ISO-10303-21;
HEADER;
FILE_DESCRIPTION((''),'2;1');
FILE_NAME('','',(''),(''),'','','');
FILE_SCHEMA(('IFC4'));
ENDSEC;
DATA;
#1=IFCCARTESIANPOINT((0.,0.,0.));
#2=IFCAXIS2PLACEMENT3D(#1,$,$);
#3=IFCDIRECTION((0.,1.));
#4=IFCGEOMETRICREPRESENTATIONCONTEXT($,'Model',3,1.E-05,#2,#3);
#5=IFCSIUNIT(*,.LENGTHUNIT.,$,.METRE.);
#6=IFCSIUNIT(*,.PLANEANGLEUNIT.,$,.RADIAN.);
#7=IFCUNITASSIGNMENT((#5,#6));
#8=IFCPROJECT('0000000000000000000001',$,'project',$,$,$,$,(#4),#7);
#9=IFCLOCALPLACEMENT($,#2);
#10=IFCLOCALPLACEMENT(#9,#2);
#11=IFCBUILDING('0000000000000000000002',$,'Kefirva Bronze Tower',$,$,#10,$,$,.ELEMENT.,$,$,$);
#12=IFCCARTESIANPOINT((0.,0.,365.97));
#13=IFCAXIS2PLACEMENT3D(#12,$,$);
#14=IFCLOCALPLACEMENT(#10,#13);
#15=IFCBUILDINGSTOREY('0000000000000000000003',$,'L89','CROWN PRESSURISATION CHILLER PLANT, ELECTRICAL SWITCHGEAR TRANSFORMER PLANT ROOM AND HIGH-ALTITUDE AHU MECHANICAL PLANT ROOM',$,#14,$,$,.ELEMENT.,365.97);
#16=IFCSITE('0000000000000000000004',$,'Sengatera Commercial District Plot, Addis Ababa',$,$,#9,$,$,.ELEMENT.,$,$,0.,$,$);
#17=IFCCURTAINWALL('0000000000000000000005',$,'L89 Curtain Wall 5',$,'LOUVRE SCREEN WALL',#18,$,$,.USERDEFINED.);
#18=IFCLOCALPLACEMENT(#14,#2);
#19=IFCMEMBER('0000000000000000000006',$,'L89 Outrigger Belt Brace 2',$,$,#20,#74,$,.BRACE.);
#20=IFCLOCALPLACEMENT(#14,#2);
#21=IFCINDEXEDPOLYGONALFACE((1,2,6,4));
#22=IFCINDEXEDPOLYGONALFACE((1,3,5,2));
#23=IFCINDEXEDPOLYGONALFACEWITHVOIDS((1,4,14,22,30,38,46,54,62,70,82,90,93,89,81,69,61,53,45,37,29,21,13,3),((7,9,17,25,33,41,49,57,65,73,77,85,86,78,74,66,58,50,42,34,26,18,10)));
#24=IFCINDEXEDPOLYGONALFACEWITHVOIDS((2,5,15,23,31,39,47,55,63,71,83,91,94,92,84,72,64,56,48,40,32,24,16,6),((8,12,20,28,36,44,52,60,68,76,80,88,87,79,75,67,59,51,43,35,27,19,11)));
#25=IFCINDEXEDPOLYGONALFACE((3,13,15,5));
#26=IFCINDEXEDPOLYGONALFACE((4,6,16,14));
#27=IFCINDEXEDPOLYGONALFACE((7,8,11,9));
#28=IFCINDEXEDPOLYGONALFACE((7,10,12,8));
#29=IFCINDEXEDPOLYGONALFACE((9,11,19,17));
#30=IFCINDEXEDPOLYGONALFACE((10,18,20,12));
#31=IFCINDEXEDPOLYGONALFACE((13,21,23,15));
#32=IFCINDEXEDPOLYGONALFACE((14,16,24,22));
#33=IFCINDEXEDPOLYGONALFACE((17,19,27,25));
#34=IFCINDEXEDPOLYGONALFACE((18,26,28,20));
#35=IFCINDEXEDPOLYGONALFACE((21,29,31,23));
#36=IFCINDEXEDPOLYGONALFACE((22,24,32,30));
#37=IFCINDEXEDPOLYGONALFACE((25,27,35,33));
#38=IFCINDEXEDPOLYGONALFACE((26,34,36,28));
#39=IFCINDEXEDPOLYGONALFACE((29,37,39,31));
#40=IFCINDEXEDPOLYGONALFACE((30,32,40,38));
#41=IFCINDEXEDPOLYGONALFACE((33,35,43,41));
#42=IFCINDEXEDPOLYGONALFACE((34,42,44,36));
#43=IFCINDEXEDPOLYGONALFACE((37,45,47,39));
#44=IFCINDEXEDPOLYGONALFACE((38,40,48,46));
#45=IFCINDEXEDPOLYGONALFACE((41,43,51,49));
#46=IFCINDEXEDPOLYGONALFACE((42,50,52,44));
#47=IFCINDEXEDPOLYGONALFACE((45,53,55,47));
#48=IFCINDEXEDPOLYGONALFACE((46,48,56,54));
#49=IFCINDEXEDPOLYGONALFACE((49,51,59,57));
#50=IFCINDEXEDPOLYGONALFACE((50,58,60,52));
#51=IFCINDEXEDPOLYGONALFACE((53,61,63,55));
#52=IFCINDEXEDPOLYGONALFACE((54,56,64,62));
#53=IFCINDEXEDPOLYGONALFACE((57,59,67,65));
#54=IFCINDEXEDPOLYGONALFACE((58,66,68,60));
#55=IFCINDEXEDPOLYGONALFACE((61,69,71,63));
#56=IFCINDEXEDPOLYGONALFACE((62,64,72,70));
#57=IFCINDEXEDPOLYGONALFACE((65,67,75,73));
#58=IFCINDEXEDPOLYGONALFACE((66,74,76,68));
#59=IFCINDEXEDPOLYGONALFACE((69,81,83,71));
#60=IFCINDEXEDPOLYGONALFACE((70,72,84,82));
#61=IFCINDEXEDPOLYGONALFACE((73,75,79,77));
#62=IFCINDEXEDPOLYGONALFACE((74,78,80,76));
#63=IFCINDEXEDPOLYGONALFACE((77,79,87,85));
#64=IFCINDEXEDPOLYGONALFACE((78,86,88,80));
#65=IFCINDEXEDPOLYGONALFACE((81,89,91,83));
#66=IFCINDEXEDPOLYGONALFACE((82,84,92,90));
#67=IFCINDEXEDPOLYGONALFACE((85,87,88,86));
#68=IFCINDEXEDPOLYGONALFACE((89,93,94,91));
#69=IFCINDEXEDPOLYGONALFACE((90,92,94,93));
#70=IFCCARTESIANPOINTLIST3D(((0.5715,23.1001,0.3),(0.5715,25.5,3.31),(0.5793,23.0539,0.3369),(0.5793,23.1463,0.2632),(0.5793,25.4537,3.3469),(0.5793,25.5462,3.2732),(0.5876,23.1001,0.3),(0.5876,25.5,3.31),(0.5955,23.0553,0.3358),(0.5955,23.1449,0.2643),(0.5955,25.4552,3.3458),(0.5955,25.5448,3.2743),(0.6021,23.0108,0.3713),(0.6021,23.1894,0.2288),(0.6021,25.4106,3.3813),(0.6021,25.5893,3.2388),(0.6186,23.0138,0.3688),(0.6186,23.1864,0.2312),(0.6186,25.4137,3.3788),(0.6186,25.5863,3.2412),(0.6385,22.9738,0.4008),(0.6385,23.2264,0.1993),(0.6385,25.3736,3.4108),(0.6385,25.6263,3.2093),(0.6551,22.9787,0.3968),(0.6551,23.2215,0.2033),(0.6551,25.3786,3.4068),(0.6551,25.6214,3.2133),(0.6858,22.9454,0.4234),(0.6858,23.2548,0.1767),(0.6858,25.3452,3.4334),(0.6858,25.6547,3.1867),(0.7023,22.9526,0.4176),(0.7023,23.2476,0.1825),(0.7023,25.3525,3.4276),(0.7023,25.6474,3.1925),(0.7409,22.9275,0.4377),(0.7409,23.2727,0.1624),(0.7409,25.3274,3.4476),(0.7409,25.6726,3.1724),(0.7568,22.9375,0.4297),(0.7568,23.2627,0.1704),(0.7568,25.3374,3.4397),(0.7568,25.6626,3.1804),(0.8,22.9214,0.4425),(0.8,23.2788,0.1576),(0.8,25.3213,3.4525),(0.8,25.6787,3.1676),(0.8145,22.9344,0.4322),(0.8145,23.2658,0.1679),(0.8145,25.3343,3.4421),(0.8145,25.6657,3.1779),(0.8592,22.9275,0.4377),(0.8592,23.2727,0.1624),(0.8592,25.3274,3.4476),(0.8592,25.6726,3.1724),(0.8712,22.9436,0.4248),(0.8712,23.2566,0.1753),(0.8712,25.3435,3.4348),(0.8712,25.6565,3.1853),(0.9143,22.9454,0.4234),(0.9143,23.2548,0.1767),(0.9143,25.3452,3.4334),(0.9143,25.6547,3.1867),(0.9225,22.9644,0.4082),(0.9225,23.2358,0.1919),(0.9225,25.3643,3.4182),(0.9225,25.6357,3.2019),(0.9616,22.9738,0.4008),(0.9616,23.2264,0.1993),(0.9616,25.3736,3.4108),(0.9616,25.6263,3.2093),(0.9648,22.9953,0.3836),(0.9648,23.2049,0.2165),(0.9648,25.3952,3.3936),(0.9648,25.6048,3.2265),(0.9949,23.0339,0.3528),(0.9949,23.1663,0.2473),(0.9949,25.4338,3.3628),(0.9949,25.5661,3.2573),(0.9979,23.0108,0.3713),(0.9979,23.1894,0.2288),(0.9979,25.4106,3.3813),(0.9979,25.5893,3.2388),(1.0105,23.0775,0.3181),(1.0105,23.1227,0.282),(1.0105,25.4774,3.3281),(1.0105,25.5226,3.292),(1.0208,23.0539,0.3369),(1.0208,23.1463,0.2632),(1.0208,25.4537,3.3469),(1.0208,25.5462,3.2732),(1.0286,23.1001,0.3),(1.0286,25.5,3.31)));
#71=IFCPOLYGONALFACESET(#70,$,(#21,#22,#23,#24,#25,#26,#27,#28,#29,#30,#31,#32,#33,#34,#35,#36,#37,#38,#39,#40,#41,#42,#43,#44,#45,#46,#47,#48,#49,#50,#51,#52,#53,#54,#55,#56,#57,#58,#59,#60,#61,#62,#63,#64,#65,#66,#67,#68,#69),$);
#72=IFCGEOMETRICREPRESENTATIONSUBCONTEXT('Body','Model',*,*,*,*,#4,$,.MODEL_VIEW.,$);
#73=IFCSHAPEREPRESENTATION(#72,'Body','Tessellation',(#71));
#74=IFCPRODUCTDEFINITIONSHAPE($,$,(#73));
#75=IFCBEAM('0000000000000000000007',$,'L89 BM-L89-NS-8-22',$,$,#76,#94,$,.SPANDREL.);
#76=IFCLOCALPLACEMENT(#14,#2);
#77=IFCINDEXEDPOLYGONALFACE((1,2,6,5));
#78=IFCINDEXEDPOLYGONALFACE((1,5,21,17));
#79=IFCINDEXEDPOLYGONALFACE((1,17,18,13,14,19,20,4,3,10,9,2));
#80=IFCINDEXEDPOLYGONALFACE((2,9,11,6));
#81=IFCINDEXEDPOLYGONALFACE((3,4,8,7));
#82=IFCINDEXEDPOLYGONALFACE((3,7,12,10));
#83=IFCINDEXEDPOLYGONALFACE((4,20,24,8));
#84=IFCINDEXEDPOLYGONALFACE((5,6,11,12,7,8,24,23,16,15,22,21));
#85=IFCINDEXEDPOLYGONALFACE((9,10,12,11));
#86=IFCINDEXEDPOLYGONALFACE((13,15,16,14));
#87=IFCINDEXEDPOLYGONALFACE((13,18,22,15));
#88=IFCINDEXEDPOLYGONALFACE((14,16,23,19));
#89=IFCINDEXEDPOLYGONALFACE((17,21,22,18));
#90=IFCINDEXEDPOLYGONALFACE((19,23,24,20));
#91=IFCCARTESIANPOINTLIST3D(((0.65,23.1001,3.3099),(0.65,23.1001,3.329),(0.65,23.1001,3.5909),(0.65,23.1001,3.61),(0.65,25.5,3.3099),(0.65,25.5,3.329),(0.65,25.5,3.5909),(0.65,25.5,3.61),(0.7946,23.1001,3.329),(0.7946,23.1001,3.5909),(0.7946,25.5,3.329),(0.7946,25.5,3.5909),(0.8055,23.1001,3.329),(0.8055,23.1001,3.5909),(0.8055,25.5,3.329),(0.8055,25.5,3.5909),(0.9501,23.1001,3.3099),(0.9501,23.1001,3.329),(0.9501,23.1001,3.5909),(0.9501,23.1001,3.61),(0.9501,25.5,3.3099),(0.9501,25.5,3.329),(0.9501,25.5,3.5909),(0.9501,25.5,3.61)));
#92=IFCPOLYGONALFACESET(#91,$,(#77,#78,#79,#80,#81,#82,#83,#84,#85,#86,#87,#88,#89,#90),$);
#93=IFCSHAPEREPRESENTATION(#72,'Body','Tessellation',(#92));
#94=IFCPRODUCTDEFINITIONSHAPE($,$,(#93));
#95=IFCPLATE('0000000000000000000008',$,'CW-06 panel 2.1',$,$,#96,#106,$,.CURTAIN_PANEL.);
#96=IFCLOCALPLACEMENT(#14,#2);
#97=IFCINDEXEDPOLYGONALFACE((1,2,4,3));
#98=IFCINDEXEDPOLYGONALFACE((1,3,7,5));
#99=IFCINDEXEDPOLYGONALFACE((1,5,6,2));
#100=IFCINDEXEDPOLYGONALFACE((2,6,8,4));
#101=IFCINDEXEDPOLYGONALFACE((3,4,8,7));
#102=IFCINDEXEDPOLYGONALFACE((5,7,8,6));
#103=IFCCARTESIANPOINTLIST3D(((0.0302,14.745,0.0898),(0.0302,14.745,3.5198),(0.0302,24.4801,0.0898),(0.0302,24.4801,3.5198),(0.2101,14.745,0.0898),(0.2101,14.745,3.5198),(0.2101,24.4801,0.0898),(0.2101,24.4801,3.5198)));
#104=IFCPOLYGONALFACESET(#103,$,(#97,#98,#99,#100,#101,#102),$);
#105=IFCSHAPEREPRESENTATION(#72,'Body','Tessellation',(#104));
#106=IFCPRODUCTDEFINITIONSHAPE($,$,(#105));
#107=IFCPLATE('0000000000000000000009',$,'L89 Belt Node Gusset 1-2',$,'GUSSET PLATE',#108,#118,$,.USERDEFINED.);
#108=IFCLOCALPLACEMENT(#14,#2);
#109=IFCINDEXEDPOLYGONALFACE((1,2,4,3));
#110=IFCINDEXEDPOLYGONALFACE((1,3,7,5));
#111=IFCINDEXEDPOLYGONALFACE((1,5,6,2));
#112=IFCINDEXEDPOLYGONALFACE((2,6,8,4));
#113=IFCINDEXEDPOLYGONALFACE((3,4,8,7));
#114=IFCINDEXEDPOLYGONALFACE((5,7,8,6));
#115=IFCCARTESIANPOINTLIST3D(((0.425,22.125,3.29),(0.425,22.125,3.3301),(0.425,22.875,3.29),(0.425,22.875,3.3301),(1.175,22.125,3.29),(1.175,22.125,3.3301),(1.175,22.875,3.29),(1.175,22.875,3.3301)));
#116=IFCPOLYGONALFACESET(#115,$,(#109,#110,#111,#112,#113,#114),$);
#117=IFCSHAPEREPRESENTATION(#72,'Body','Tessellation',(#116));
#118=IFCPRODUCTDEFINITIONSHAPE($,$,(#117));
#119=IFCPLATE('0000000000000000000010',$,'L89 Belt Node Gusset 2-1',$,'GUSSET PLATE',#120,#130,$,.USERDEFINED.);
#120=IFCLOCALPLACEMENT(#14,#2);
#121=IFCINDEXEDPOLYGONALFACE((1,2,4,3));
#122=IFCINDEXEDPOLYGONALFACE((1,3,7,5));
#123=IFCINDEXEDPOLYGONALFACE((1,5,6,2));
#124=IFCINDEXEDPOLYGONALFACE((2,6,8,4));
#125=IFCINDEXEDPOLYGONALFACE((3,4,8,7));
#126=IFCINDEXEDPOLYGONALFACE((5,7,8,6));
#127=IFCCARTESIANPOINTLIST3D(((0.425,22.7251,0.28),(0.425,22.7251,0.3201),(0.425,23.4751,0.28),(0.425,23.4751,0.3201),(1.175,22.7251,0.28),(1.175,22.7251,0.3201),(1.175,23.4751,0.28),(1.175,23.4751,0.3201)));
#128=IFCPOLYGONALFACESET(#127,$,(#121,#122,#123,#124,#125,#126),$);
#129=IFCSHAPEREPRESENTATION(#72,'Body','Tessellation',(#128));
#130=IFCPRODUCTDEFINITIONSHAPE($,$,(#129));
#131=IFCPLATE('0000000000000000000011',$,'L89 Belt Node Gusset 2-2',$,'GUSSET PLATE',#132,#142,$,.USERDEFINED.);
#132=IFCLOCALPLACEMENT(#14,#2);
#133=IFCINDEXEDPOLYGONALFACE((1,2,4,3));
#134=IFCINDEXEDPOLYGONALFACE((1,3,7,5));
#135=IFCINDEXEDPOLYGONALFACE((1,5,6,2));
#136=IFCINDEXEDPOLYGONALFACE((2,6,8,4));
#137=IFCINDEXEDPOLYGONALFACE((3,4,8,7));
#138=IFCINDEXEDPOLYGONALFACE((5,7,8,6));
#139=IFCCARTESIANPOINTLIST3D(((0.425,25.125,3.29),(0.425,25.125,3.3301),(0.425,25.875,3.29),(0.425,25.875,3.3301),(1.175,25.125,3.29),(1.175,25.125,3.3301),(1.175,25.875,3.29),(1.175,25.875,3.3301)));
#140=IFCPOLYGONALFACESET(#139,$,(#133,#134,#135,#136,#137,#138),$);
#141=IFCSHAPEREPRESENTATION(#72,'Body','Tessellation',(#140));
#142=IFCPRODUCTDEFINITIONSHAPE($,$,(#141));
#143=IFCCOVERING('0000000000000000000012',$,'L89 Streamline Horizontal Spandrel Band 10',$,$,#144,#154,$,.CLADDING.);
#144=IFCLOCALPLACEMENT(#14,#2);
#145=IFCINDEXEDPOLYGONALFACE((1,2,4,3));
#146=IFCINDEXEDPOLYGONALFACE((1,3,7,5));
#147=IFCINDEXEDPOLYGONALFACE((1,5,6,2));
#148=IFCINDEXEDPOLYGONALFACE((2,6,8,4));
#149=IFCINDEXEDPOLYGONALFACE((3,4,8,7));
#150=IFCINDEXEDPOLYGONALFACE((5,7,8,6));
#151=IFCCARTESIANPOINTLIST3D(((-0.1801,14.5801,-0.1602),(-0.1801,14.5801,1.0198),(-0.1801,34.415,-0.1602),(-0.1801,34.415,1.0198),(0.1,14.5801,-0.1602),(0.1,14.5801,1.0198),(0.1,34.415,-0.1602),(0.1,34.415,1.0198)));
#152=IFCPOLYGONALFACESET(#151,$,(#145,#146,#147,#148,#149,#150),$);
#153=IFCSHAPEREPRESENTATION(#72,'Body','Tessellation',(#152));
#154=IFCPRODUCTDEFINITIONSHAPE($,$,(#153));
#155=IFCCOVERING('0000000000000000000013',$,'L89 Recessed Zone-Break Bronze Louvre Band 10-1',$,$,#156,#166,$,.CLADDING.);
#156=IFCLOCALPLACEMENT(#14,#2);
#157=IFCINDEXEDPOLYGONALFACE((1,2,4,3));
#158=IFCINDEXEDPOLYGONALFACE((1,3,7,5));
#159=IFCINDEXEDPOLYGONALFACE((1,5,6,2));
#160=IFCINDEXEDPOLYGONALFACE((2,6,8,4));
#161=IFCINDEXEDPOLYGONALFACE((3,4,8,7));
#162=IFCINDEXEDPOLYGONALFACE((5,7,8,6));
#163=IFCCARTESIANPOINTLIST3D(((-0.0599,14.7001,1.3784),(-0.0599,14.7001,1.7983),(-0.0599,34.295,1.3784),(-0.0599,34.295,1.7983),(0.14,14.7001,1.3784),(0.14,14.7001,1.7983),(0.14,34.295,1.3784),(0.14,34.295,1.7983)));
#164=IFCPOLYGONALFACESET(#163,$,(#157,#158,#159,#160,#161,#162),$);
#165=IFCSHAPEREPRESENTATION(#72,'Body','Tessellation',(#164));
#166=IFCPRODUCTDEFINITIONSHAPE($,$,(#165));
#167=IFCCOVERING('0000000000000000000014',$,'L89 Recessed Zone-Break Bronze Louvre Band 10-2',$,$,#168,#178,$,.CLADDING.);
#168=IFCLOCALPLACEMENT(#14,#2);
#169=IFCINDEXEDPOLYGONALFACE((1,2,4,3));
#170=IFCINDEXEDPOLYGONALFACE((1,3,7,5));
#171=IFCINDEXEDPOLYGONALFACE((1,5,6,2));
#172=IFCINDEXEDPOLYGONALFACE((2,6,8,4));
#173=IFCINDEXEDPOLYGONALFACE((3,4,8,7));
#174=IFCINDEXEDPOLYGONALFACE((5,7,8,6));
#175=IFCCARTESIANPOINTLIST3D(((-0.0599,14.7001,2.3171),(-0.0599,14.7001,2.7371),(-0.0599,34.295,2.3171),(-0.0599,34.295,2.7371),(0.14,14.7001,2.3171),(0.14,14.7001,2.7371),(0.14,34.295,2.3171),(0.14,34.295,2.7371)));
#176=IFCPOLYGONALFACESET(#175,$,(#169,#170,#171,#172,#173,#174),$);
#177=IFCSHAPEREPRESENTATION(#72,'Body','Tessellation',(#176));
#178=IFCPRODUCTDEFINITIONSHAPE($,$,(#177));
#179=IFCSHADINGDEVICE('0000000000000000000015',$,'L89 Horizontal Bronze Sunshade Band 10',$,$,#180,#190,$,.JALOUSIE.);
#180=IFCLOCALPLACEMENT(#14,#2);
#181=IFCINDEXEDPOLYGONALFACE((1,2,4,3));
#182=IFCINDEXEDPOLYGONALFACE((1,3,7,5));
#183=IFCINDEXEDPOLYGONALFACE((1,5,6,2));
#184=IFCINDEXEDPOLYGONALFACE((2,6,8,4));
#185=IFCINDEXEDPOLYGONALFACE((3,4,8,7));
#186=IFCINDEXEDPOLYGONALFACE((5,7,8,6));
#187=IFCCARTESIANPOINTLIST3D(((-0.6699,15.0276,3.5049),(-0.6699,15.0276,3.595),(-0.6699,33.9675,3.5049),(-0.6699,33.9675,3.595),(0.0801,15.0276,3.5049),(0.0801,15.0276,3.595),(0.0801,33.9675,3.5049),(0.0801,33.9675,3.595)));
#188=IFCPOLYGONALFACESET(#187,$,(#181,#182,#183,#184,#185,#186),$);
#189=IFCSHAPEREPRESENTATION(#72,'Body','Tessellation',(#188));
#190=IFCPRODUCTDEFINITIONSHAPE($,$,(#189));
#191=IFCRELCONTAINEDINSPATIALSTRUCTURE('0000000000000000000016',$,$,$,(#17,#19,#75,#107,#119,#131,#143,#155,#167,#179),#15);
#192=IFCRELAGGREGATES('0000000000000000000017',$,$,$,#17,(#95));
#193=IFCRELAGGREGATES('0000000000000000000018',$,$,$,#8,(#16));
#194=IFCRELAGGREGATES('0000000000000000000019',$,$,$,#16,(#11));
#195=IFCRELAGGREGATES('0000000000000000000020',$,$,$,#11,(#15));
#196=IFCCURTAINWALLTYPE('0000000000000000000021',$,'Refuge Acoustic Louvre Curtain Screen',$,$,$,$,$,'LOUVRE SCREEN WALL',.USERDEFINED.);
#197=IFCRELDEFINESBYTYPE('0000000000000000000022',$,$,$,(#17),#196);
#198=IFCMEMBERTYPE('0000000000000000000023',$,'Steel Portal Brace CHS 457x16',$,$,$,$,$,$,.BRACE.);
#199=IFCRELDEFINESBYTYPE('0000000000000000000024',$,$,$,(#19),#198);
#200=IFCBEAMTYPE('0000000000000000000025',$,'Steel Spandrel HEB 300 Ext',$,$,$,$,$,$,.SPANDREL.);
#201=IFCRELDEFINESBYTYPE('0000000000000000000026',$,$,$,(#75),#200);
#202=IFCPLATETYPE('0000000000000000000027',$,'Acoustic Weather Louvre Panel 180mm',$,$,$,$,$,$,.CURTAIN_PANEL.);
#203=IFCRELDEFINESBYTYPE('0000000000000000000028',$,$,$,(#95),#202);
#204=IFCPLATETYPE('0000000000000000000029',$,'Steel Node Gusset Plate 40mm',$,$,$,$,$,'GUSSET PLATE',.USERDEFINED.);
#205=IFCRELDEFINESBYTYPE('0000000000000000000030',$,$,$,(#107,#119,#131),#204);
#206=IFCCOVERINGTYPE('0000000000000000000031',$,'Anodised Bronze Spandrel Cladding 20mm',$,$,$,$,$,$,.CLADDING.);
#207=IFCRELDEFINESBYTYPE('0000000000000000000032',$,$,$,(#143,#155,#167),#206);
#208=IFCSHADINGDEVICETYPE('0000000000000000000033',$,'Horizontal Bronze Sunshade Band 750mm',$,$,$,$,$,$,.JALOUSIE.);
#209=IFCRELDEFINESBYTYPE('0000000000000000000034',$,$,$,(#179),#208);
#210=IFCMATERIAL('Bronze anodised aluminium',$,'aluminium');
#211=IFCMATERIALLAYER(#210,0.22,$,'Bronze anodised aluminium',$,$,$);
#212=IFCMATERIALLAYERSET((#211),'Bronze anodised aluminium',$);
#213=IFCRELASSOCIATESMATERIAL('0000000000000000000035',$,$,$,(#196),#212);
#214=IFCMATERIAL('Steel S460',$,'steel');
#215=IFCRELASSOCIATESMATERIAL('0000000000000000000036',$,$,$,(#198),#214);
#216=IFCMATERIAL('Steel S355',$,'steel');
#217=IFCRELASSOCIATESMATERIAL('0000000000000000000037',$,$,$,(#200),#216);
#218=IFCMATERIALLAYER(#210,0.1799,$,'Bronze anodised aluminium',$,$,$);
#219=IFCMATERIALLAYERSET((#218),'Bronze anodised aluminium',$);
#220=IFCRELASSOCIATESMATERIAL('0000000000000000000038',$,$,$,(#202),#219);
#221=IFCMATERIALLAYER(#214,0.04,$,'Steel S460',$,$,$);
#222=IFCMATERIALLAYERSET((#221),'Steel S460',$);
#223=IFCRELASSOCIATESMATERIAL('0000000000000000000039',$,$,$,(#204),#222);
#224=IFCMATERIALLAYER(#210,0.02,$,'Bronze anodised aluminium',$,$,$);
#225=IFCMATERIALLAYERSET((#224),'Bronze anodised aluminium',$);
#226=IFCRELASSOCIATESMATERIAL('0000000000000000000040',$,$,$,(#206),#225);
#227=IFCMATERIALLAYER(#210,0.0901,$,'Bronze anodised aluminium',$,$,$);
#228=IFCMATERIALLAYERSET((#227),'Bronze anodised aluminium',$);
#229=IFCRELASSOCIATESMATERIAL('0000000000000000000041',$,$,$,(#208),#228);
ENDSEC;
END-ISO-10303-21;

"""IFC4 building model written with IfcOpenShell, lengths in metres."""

from ifc_helpers import new_model, si_unit, direction, frame, origin, origin_2d, place, context, subcontext, project, spatial, rectangle, hollow_circle, i_section, extrude, material, layer, layer_set, material_profile, profile_set, type_object, element, aggregate, save


model = new_model("IFC4")

# Units and contexts
model_context = context("Model", 3, precision=1e-05, world=origin(), true_north=direction((0.0, 1.0)))
body_context = subcontext(model_context, "Body", "Model", "MODEL_VIEW")
ifc_project = project(units=[si_unit("LENGTHUNIT", "METRE"), si_unit("PLANEANGLEUNIT", "RADIAN")], contexts=[model_context])

# Site, building, storey
site_placement = place(None, origin())
site = spatial("IfcSite", under=ifc_project, at=site_placement, Name="Sengatera Commercial District Plot, Addis Ababa", CompositionType="ELEMENT", RefElevation=0.0)
building_placement = place(site_placement, origin())
building = spatial("IfcBuilding", under=site, at=building_placement, Name="Kefirva Bronze Tower", CompositionType="ELEMENT")
storey_placement = place(building_placement, frame((0.0, 0.0, 365.97)))
storey = spatial("IfcBuildingStorey", under=building, at=storey_placement, Name="L89", Description="CROWN PRESSURISATION CHILLER PLANT, ELECTRICAL SWITCHGEAR TRANSFORMER PLANT ROOM AND HIGH-ALTITUDE AHU MECHANICAL PLANT ROOM", CompositionType="ELEMENT", Elevation=365.97)

# Curtain wall
ifc_material_1 = material(Name="Bronze anodised aluminium", Category="aluminium")
ifc_layer_1 = layer(ifc_material_1, 0.22, Name="Bronze anodised aluminium")
ifc_layer_set_1 = layer_set([ifc_layer_1], Name="Bronze anodised aluminium")
curtain_wall_type = type_object("IfcCurtainWallType", Name="Refuge Acoustic Louvre Curtain Screen", ElementType="LOUVRE SCREEN WALL", PredefinedType="USERDEFINED", material=ifc_layer_set_1)
curtain_wall_placement = place(storey_placement, origin())
curtain_wall = element("IfcCurtainWall", 1, at=curtain_wall_placement, inside=storey, type_object=curtain_wall_type, Name="L89 Curtain Wall 5", ObjectType="LOUVRE SCREEN WALL", PredefinedType="USERDEFINED")

# Shared definitions
ifc_material_2 = material(Name="Steel S355", Category="steel")

# Member
ifc_material_3 = material(Name="Steel S460", Category="steel")
ifc_material_profile_1 = material_profile(ifc_material_3, hollow_circle(Radius=0.2285, WallThickness=0.0161, at=origin_2d()), Name="CHS 457x16")
ifc_profile_set_1 = profile_set([ifc_material_profile_1], Name="Steel S460")
member_type_1 = type_object("IfcMemberType", Name="Steel Portal Brace CHS 457x16", PredefinedType="BRACE", material=ifc_profile_set_1)
member_1_placement = place(storey_placement, frame((0.8, 23.1001, 0.3), z_axis=(0.0, 0.62341, 0.781895), x_axis=(-1.0, 0.0, 0.0)))
element("IfcMember", 2, at=member_1_placement, inside=storey, type_object=member_type_1, Name="L89 Outrigger Belt Brace 2", PredefinedType="BRACE", context=body_context, shape_type="SweptSolid", body=[
    extrude(hollow_circle(Radius=0.2285, WallThickness=0.0161, at=origin_2d()), origin(), (0.0, 0.0, 1.0), 3.8496),
])

# Beam
ifc_material_profile_2 = material_profile(ifc_material_2, i_section(OverallWidth=0.3, OverallDepth=0.3, WebThickness=0.011, FlangeThickness=0.019, at=origin_2d()), Name="HEB 300")
ifc_profile_set_2 = profile_set([ifc_material_profile_2], Name="Steel S355")
beam_type_1 = type_object("IfcBeamType", Name="Steel Spandrel HEB 300 Ext", PredefinedType="SPANDREL", material=ifc_profile_set_2)
beam_1_placement = place(storey_placement, frame((0.8, 23.1001, 3.46), z_axis=(0.0, 1.0, 0.0), x_axis=(-1.0, 0.0, 0.0)))
element("IfcBeam", 3, at=beam_1_placement, inside=storey, type_object=beam_type_1, Name="L89 BM-L89-NS-8-22", PredefinedType="SPANDREL", context=body_context, shape_type="SweptSolid", body=[
    extrude(i_section(OverallWidth=0.3, OverallDepth=0.3, WebThickness=0.011, FlangeThickness=0.019, at=origin_2d()), origin(), (0.0, 0.0, 1.0), 2.3999),
])

# Plate
ifc_layer_2 = layer(ifc_material_1, 0.1799, Name="Bronze anodised aluminium")
ifc_layer_set_2 = layer_set([ifc_layer_2], Name="Bronze anodised aluminium")
plate_type_1 = type_object("IfcPlateType", Name="Acoustic Weather Louvre Panel 180mm", PredefinedType="CURTAIN_PANEL", material=ifc_layer_set_2)
plate_placement = place(storey_placement, frame((0.1201, 19.6125, 0.0898), z_axis=(0.0, 0.0, 1.0), x_axis=(0.0, -1.0, 0.0)))
plate = element("IfcPlate", 4, at=plate_placement, type_object=plate_type_1, Name="CW-06 panel 2.1", PredefinedType="CURTAIN_PANEL", context=body_context, shape_type="SweptSolid", body=[
    extrude(rectangle(XDim=9.7351, YDim=0.1799, at=origin_2d()), origin(), (0.0, 0.0, 1.0), 3.4299),
])
aggregate(curtain_wall, [plate])

# Plates
ifc_layer_3 = layer(ifc_material_3, 0.04, Name="Steel S460")
ifc_layer_set_3 = layer_set([ifc_layer_3], Name="Steel S460")
plate_type_2 = type_object("IfcPlateType", Name="Steel Node Gusset Plate 40mm", ElementType="GUSSET PLATE", PredefinedType="USERDEFINED", material=ifc_layer_set_3)
for number, where, z_axis, x_axis, name in (
    (5, (0.8, 22.5, 3.29), (0.0, 0.0, 1.0), (1.0, 0.0, 0.0), "L89 Belt Node Gusset 1-2"),
    (6, (0.8, 23.1001, 0.28), (0.0, 0.0, 1.0), (1.0, 0.0, 0.0), "L89 Belt Node Gusset 2-1"),
    (7, (0.8, 25.5, 3.29), (0.0, 0.0, 1.0), (1.0, 0.0, 0.0), "L89 Belt Node Gusset 2-2"),
):
    element("IfcPlate", number, at=place(storey_placement, frame(where, z_axis=z_axis, x_axis=x_axis)), inside=storey, type_object=plate_type_2, Name=name, ObjectType="GUSSET PLATE", PredefinedType="USERDEFINED", context=body_context, shape_type="SweptSolid", body=[
        extrude(rectangle(XDim=0.75, YDim=0.75, at=origin_2d()), origin(), (0.0, 0.0, 1.0), 0.04),
    ])

# Coverings
ifc_layer_4 = layer(ifc_material_1, 0.02, Name="Bronze anodised aluminium")
ifc_layer_set_4 = layer_set([ifc_layer_4], Name="Bronze anodised aluminium")
covering_type_1 = type_object("IfcCoveringType", Name="Anodised Bronze Spandrel Cladding 20mm", PredefinedType="CLADDING", material=ifc_layer_set_4)
covering_1_placement = place(storey_placement, frame((-0.04, 24.4976, -0.1602), z_axis=(0.0, 0.0, 1.0), x_axis=(0.0, -1.0, 0.0)))
element("IfcCovering", 8, at=covering_1_placement, inside=storey, type_object=covering_type_1, Name="L89 Streamline Horizontal Spandrel Band 10", PredefinedType="CLADDING", context=body_context, shape_type="SweptSolid", body=[
    extrude(rectangle(XDim=19.835, YDim=0.28, at=origin_2d()), origin(), (0.0, 0.0, 1.0), 1.1799),
])
for number, where, z_axis, x_axis, name in (
    (9, (0.04, 24.4976, 1.3784), (0.0, 0.0, 1.0), (0.0, -1.0, 0.0), "L89 Recessed Zone-Break Bronze Louvre Band 10-1"),
    (10, (0.04, 24.4976, 2.3171), (0.0, 0.0, 1.0), (0.0, -1.0, 0.0), "L89 Recessed Zone-Break Bronze Louvre Band 10-2"),
):
    element("IfcCovering", number, at=place(storey_placement, frame(where, z_axis=z_axis, x_axis=x_axis)), inside=storey, type_object=covering_type_1, Name=name, PredefinedType="CLADDING", context=body_context, shape_type="SweptSolid", body=[
        extrude(rectangle(XDim=19.595, YDim=0.2, at=origin_2d()), origin(), (0.0, 0.0, 1.0), 0.4199),
    ])

# Shading device
ifc_layer_5 = layer(ifc_material_1, 0.0901, Name="Bronze anodised aluminium")
ifc_layer_set_5 = layer_set([ifc_layer_5], Name="Bronze anodised aluminium")
shading_device_type_1 = type_object("IfcShadingDeviceType", Name="Horizontal Bronze Sunshade Band 750mm", PredefinedType="JALOUSIE", material=ifc_layer_set_5)
shading_device_1_placement = place(storey_placement, frame((-0.2949, 24.4976, 3.5049), z_axis=(0.0, 0.0, 1.0), x_axis=(0.0, -1.0, 0.0)))
element("IfcShadingDevice", 11, at=shading_device_1_placement, inside=storey, type_object=shading_device_type_1, Name="L89 Horizontal Bronze Sunshade Band 10", PredefinedType="JALOUSIE", context=body_context, shape_type="SweptSolid", body=[
    extrude(rectangle(XDim=18.9399, YDim=0.75, at=origin_2d()), origin(), (0.0, 0.0, 1.0), 0.0901),
])

save(model, "model.ifc")
